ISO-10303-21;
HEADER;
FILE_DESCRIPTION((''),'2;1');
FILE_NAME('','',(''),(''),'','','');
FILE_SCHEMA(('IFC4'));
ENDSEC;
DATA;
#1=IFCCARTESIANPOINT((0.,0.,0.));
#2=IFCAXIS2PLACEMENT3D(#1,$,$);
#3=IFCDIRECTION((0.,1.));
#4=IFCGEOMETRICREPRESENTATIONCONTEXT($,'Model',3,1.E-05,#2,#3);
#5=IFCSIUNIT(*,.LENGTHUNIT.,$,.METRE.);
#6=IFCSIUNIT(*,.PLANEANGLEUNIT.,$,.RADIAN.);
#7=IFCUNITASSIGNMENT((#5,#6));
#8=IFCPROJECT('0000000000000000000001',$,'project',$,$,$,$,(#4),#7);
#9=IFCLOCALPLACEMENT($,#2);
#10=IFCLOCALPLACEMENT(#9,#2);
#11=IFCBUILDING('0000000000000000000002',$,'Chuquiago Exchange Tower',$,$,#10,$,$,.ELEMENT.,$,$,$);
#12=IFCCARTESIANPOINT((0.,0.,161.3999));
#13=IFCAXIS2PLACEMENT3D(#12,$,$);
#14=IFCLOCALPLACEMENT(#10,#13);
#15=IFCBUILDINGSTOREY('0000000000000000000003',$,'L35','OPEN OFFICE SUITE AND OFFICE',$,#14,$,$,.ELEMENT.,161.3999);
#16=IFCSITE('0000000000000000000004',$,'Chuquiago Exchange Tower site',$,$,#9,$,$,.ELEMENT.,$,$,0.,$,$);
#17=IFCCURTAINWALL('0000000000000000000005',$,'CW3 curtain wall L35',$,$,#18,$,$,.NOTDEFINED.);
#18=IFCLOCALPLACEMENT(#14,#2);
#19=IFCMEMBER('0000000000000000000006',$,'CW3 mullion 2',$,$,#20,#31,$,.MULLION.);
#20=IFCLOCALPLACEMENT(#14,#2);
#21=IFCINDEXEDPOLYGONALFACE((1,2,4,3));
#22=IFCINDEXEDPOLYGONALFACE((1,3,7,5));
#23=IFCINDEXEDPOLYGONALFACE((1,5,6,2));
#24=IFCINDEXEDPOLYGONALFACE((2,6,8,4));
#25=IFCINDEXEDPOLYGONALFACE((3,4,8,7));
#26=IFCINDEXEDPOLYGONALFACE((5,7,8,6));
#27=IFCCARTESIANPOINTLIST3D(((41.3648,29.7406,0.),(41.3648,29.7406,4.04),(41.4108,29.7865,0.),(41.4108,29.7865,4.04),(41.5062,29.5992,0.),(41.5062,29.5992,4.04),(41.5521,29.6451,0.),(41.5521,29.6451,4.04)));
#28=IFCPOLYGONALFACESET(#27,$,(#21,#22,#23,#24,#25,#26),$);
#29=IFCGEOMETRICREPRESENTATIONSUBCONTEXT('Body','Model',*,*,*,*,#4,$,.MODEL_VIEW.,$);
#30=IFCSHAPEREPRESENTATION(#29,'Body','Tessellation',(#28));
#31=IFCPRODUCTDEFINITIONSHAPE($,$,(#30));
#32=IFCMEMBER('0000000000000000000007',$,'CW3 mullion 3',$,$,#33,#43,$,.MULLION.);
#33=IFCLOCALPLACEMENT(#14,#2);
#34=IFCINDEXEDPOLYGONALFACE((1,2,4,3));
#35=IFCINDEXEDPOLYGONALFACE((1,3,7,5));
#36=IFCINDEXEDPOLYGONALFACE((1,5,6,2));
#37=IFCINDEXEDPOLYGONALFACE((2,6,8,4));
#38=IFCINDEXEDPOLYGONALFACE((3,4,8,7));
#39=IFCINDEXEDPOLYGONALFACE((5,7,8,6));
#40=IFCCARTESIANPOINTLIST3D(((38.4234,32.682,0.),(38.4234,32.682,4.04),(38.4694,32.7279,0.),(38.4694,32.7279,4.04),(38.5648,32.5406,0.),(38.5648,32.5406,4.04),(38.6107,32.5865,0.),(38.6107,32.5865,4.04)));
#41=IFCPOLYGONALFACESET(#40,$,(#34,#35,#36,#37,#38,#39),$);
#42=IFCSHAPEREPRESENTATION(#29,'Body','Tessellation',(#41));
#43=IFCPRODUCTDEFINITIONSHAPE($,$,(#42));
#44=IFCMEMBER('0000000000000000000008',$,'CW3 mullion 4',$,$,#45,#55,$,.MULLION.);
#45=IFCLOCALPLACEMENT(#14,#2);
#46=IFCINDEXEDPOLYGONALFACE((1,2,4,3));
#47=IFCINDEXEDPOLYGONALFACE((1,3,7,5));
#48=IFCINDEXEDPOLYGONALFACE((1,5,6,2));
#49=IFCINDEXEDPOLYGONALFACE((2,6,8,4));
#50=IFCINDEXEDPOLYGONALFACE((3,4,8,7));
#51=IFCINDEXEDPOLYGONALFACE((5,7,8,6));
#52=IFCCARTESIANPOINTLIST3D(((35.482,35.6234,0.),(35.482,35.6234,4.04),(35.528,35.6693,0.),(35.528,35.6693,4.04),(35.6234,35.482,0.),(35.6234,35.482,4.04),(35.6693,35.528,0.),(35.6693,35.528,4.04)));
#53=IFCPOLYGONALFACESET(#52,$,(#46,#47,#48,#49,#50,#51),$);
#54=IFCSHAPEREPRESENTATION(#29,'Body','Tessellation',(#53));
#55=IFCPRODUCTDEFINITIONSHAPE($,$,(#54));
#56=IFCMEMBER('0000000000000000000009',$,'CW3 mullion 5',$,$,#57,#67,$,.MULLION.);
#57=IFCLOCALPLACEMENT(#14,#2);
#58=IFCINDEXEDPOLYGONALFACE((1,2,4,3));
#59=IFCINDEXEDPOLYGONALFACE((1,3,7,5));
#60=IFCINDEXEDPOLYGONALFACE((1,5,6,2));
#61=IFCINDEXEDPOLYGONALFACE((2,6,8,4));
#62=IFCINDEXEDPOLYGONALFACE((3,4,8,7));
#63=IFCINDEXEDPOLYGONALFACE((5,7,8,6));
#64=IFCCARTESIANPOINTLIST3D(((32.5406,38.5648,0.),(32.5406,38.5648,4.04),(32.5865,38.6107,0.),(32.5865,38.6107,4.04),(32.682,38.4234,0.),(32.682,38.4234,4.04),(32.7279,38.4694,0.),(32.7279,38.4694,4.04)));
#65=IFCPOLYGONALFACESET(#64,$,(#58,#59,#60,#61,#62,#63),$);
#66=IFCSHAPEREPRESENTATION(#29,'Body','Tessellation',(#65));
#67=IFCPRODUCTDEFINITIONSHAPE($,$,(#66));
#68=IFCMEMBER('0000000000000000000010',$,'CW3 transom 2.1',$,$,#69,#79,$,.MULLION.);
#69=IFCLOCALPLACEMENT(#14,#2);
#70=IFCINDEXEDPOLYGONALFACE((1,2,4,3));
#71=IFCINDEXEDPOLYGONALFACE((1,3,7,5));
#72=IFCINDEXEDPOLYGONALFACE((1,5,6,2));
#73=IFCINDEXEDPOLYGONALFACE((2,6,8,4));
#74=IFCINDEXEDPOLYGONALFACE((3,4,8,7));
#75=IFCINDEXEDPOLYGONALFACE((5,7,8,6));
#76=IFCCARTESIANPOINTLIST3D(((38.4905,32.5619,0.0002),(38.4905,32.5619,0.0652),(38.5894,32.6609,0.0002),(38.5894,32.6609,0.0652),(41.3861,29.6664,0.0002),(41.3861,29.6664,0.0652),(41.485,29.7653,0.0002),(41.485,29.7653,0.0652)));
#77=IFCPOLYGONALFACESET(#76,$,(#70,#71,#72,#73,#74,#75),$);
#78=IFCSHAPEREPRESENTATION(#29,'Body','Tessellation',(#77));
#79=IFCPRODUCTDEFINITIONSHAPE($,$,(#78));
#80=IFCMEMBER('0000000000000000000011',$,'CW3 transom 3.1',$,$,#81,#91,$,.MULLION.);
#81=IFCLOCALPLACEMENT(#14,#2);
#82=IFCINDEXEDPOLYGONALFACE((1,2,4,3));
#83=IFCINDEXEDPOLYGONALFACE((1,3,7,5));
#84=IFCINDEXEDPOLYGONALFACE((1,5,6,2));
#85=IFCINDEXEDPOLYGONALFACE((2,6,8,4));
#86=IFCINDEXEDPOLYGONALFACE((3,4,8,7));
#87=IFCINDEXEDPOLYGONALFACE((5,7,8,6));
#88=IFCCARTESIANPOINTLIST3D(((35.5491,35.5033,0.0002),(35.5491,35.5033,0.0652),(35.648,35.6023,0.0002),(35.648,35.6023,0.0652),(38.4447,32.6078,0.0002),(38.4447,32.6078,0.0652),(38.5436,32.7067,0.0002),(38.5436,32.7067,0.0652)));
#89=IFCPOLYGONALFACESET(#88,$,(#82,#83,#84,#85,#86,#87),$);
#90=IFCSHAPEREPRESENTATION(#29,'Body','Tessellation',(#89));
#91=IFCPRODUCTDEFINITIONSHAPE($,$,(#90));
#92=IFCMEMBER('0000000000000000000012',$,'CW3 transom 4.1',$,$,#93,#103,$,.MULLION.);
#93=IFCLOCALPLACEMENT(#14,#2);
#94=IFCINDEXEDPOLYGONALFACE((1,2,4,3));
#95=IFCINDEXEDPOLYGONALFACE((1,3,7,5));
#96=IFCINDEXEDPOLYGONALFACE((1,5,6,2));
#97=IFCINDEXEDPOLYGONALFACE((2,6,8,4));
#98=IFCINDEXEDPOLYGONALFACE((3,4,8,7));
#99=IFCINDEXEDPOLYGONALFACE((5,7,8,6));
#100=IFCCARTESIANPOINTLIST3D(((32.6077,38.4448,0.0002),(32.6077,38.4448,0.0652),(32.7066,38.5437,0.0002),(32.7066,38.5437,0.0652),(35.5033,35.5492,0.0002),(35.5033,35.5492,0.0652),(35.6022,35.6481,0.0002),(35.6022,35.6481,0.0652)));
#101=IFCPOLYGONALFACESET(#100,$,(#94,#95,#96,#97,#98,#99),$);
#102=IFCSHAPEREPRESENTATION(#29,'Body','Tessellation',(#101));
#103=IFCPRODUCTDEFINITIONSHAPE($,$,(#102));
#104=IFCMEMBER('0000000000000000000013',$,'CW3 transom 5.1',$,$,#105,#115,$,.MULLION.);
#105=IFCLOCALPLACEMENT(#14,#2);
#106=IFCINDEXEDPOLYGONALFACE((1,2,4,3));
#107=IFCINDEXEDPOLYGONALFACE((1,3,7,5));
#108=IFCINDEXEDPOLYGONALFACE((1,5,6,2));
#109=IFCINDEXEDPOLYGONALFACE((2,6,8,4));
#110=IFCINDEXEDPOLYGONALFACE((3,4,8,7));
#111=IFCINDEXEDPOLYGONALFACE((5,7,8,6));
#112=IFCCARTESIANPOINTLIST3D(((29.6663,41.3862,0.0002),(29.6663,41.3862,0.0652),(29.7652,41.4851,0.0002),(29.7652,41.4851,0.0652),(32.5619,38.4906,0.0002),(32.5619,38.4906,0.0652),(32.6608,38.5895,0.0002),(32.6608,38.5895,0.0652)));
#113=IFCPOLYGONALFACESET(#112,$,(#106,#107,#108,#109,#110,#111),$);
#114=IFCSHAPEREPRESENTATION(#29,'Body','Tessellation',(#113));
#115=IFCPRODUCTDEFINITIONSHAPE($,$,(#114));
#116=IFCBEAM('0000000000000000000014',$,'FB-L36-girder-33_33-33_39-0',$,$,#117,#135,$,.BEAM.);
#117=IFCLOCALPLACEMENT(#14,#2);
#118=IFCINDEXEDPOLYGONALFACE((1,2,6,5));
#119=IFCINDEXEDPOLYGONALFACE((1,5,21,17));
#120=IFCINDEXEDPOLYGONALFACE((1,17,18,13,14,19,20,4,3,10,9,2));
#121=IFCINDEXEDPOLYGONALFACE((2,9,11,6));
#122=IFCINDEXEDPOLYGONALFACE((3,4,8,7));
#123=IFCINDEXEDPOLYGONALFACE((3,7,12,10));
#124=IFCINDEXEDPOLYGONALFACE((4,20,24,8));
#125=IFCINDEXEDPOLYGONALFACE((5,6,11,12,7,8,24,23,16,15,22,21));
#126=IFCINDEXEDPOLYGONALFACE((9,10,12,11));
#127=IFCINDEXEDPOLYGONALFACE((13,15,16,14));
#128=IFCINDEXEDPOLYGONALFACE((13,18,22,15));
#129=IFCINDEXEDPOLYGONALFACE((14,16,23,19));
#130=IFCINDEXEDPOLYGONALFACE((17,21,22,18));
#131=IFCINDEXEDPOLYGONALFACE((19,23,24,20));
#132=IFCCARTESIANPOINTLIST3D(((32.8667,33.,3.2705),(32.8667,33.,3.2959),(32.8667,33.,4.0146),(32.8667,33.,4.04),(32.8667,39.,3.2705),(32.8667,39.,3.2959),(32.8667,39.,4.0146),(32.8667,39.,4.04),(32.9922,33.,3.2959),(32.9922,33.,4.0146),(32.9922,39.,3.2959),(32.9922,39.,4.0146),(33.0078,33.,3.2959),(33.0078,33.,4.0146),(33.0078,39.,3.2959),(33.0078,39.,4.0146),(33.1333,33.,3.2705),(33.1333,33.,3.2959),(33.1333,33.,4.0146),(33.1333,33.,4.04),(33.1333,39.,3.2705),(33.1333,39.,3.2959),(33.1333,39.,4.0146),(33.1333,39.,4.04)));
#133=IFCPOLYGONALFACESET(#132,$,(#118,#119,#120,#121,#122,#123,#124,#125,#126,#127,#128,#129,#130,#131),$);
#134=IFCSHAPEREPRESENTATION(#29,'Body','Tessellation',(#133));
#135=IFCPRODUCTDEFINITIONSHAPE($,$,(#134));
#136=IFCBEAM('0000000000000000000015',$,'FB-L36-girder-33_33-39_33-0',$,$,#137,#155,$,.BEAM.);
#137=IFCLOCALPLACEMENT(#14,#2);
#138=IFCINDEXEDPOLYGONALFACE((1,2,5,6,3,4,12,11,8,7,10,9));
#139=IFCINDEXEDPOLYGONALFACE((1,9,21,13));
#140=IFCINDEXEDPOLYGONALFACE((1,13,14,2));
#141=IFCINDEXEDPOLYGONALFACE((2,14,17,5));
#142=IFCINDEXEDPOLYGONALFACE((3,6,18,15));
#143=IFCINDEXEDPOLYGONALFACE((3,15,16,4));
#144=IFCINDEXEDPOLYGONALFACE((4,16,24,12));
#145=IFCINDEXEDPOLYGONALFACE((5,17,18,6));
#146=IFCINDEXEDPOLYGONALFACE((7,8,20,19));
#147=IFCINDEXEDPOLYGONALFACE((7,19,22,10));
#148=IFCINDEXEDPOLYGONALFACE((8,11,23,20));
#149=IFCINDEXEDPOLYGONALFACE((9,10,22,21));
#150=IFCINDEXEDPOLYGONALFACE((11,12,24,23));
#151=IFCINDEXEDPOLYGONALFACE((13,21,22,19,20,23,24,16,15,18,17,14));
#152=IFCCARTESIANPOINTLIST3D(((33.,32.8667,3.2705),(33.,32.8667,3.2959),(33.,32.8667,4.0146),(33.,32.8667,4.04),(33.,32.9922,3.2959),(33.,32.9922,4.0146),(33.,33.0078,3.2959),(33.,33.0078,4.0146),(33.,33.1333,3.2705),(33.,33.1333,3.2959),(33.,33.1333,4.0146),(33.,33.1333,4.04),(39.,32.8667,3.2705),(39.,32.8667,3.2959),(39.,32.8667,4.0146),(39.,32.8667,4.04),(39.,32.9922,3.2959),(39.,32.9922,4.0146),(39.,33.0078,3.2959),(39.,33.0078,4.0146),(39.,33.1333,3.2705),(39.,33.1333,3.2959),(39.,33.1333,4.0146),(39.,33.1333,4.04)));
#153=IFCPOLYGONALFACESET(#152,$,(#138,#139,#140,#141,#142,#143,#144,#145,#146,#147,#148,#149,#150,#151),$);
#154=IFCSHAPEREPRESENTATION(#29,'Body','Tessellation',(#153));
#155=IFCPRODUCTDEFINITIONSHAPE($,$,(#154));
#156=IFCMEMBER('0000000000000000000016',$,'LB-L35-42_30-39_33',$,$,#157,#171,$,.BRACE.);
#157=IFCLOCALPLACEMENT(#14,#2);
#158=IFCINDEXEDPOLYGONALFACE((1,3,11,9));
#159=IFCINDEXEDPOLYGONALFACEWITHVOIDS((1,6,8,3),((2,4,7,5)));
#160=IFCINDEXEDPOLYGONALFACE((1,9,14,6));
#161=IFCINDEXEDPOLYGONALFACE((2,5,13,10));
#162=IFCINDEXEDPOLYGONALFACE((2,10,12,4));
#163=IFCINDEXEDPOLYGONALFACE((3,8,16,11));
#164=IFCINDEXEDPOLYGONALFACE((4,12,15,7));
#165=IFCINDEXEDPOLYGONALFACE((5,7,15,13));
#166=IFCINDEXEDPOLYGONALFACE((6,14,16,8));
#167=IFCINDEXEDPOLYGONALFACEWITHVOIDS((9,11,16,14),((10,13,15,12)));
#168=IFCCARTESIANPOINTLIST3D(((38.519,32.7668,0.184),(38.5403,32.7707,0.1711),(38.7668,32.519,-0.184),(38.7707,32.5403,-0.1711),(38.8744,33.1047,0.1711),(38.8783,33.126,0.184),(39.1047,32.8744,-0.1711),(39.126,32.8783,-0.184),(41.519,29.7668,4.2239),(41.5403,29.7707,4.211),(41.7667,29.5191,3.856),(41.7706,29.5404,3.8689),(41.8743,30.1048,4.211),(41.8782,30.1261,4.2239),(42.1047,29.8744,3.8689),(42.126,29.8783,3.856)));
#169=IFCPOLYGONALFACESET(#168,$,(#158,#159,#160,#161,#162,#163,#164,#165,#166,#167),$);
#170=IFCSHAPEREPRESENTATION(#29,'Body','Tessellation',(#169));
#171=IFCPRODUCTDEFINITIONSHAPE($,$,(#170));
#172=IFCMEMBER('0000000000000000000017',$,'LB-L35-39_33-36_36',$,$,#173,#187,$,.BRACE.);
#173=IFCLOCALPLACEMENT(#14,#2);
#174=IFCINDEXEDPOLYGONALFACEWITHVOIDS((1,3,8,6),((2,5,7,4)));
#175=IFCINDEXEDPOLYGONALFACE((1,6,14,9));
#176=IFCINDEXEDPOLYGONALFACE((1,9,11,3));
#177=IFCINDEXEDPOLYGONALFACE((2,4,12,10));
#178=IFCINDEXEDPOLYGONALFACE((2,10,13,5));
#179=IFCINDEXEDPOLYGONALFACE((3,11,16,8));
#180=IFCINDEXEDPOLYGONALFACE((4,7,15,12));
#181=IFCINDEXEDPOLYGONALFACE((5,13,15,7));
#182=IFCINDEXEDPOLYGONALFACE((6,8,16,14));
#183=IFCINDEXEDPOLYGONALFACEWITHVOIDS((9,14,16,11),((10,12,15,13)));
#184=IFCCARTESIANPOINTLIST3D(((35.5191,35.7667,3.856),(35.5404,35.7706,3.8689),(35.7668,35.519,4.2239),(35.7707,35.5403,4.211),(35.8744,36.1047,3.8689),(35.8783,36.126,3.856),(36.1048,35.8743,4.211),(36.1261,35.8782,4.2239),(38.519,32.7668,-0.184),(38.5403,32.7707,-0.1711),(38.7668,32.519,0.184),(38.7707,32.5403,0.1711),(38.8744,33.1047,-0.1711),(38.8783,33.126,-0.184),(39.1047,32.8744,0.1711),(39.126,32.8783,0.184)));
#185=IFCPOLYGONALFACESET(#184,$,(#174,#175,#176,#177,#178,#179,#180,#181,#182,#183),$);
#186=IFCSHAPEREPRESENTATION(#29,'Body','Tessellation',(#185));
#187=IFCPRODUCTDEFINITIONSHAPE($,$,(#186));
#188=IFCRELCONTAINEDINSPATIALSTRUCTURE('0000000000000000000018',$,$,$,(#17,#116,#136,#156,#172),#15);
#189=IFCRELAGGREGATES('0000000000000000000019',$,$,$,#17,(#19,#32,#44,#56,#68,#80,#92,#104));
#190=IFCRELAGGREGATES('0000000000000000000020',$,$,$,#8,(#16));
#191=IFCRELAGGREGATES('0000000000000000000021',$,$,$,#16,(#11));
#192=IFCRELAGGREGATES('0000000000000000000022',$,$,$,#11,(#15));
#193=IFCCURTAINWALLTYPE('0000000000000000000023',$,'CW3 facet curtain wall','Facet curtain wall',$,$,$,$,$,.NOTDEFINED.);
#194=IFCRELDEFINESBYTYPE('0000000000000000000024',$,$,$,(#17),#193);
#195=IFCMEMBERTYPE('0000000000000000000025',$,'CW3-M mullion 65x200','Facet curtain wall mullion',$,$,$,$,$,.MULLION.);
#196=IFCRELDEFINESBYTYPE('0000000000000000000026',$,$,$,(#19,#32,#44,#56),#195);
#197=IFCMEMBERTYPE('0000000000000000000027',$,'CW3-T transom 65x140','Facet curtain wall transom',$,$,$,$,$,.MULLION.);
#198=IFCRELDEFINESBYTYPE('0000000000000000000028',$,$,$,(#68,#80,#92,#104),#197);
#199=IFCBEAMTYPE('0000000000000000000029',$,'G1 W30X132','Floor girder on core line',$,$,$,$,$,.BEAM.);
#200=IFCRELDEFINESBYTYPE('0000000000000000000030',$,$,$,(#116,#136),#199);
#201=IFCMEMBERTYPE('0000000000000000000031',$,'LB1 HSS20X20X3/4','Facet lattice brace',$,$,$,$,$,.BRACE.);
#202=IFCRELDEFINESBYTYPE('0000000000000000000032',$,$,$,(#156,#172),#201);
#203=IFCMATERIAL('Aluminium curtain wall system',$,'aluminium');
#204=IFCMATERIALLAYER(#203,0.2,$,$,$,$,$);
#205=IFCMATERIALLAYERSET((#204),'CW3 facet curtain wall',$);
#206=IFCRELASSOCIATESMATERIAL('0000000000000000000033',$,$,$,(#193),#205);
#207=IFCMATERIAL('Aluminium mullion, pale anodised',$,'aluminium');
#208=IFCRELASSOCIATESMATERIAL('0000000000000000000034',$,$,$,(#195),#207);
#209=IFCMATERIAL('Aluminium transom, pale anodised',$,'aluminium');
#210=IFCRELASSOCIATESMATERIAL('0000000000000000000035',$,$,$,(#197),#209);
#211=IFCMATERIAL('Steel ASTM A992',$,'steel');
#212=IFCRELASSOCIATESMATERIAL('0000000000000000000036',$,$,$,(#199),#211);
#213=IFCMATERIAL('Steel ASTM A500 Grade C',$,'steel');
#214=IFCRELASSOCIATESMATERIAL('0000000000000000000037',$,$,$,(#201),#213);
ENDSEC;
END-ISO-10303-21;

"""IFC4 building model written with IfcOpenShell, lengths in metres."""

from ifc_helpers import new_model, si_unit, direction, frame, origin, origin_2d, place, context, subcontext, project, spatial, rectangle, hollow_rectangle, i_section, extrude, material, layer, layer_set, material_profile, profile_set, type_object, element, aggregate, save


model = new_model("IFC4")

# Units and contexts
model_context = context("Model", 3, precision=1e-05, world=origin(), true_north=direction((0.0, 1.0)))
body_context = subcontext(model_context, "Body", "Model", "MODEL_VIEW")
ifc_project = project(units=[si_unit("LENGTHUNIT", "METRE"), si_unit("PLANEANGLEUNIT", "RADIAN")], contexts=[model_context])

# Site, building, storey
site_placement = place(None, origin())
site = spatial("IfcSite", under=ifc_project, at=site_placement, Name="Chuquiago Exchange Tower site", CompositionType="ELEMENT", RefElevation=0.0)
building_placement = place(site_placement, origin())
building = spatial("IfcBuilding", under=site, at=building_placement, Name="Chuquiago Exchange Tower", CompositionType="ELEMENT")
storey_placement = place(building_placement, frame((0.0, 0.0, 161.3999)))
storey = spatial("IfcBuildingStorey", under=building, at=storey_placement, Name="L35", Description="OPEN OFFICE SUITE AND OFFICE", CompositionType="ELEMENT", Elevation=161.3999)

# Curtain wall, members
ifc_material_1 = material(Name="Aluminium curtain wall system", Category="aluminium")
ifc_layer_1 = layer(ifc_material_1, 0.2)
ifc_layer_set_1 = layer_set([ifc_layer_1], Name="CW3 facet curtain wall")
curtain_wall_type = type_object("IfcCurtainWallType", Name="CW3 facet curtain wall", Description="Facet curtain wall", PredefinedType="NOTDEFINED", material=ifc_layer_set_1)
curtain_wall_placement = place(storey_placement, origin())
curtain_wall = element("IfcCurtainWall", 1, at=curtain_wall_placement, inside=storey, type_object=curtain_wall_type, Name="CW3 curtain wall L35", PredefinedType="NOTDEFINED")
ifc_material_2 = material(Name="Aluminium mullion, pale anodised", Category="aluminium")
ifc_material_profile_1 = material_profile(ifc_material_2, rectangle(XDim=0.0649, YDim=0.2, at=origin_2d()), Name="AL 65x200")
ifc_profile_set_1 = profile_set([ifc_material_profile_1], Name="Aluminium mullion, pale anodised")
member_type_1 = type_object("IfcMemberType", Name="CW3-M mullion 65x200", Description="Facet curtain wall mullion", PredefinedType="MULLION", material=ifc_profile_set_1)
member_1_placement = place(storey_placement, frame((41.4585, 29.6929, 0.0), z_axis=(0.0, 0.0, 1.0), x_axis=(-0.707107, -0.707107, 0.0)))
member_1 = element("IfcMember", 2, at=member_1_placement, type_object=member_type_1, Name="CW3 mullion 2", PredefinedType="MULLION", context=body_context, shape_type="SweptSolid", body=[
    extrude(rectangle(XDim=0.0649, YDim=0.2, at=origin_2d()), origin(), (0.0, 0.0, 1.0), 4.04),
])
member_2_placement = place(storey_placement, frame((38.5171, 32.6343, 0.0), z_axis=(0.0, 0.0, 1.0), x_axis=(-0.707107, -0.707107, 0.0)))
member_2 = element("IfcMember", 3, at=member_2_placement, type_object=member_type_1, Name="CW3 mullion 3", PredefinedType="MULLION", context=body_context, shape_type="SweptSolid", body=[
    extrude(rectangle(XDim=0.0649, YDim=0.2, at=origin_2d()), origin(), (0.0, 0.0, 1.0), 4.04),
])
member_3_placement = place(storey_placement, frame((35.5757, 35.5757, 0.0), z_axis=(0.0, 0.0, 1.0), x_axis=(-0.707107, -0.707107, 0.0)))
member_3 = element("IfcMember", 4, at=member_3_placement, type_object=member_type_1, Name="CW3 mullion 4", PredefinedType="MULLION", context=body_context, shape_type="SweptSolid", body=[
    extrude(rectangle(XDim=0.0649, YDim=0.2, at=origin_2d()), origin(), (0.0, 0.0, 1.0), 4.04),
])
member_4_placement = place(storey_placement, frame((32.6343, 38.5171, 0.0), z_axis=(0.0, 0.0, 1.0), x_axis=(-0.707107, -0.707107, 0.0)))
member_4 = element("IfcMember", 5, at=member_4_placement, type_object=member_type_1, Name="CW3 mullion 5", PredefinedType="MULLION", context=body_context, shape_type="SweptSolid", body=[
    extrude(rectangle(XDim=0.0649, YDim=0.2, at=origin_2d()), origin(), (0.0, 0.0, 1.0), 4.04),
])
ifc_material_3 = material(Name="Aluminium transom, pale anodised", Category="aluminium")
ifc_material_profile_2 = material_profile(ifc_material_3, rectangle(XDim=0.1399, YDim=0.0649, at=origin_2d()), Name="AL 140x65")
ifc_profile_set_2 = profile_set([ifc_material_profile_2], Name="Aluminium transom, pale anodised")
member_type_2 = type_object("IfcMemberType", Name="CW3-T transom 65x140", Description="Facet curtain wall transom", PredefinedType="MULLION", material=ifc_profile_set_2)
member_5_placement = place(storey_placement, frame((41.4355, 29.7158, 0.0327), z_axis=(-0.707107, 0.707107, 0.0), x_axis=(-0.707107, -0.707107, 0.0)))
member_5 = element("IfcMember", 6, at=member_5_placement, type_object=member_type_2, Name="CW3 transom 2.1", PredefinedType="MULLION", context=body_context, shape_type="SweptSolid", body=[
    extrude(rectangle(XDim=0.1399, YDim=0.0649, at=origin_2d()), origin(), (0.0, 0.0, 1.0), 4.095),
])
member_6_placement = place(storey_placement, frame((38.4941, 32.6572, 0.0327), z_axis=(-0.707107, 0.707107, 0.0), x_axis=(-0.707107, -0.707107, 0.0)))
member_6 = element("IfcMember", 7, at=member_6_placement, type_object=member_type_2, Name="CW3 transom 3.1", PredefinedType="MULLION", context=body_context, shape_type="SweptSolid", body=[
    extrude(rectangle(XDim=0.1399, YDim=0.0649, at=origin_2d()), origin(), (0.0, 0.0, 1.0), 4.095),
])
member_7_placement = place(storey_placement, frame((35.5527, 35.5986, 0.0327), z_axis=(-0.707107, 0.707107, 0.0), x_axis=(-0.707107, -0.707107, 0.0)))
member_7 = element("IfcMember", 8, at=member_7_placement, type_object=member_type_2, Name="CW3 transom 4.1", PredefinedType="MULLION", context=body_context, shape_type="SweptSolid", body=[
    extrude(rectangle(XDim=0.1399, YDim=0.0649, at=origin_2d()), origin(), (0.0, 0.0, 1.0), 4.095),
])
member_8_placement = place(storey_placement, frame((32.6113, 38.54, 0.0327), z_axis=(-0.707107, 0.707107, 0.0), x_axis=(-0.707107, -0.707107, 0.0)))
member_8 = element("IfcMember", 9, at=member_8_placement, type_object=member_type_2, Name="CW3 transom 5.1", PredefinedType="MULLION", context=body_context, shape_type="SweptSolid", body=[
    extrude(rectangle(XDim=0.1399, YDim=0.0649, at=origin_2d()), origin(), (0.0, 0.0, 1.0), 4.095),
])

# Beams
ifc_material_4 = material(Name="Steel ASTM A992", Category="steel")
ifc_material_profile_3 = material_profile(ifc_material_4, i_section(OverallWidth=0.2666, OverallDepth=0.7695, WebThickness=0.0156, FlangeThickness=0.0254, at=origin_2d()), Name="W30X132")
ifc_profile_set_3 = profile_set([ifc_material_profile_3], Name="Steel ASTM A992")
beam_type_1 = type_object("IfcBeamType", Name="G1 W30X132", Description="Floor girder on core line", PredefinedType="BEAM", material=ifc_profile_set_3)
for number, where, z_axis, x_axis, name in (
    (10, (33.0, 33.0, 3.6553), (0.0, 1.0, 0.0), (-1.0, 0.0, 0.0), "FB-L36-girder-33_33-33_39-0"),
    (11, (33.0, 33.0, 3.6553), (1.0, 0.0, 0.0), (0.0, 1.0, 0.0), "FB-L36-girder-33_33-39_33-0"),
):
    element("IfcBeam", number, at=place(storey_placement, frame(where, z_axis=z_axis, x_axis=x_axis)), inside=storey, type_object=beam_type_1, Name=name, PredefinedType="BEAM", context=body_context, shape_type="SweptSolid", body=[
        extrude(i_section(OverallWidth=0.2666, OverallDepth=0.7695, WebThickness=0.0156, FlangeThickness=0.0254, at=origin_2d()), origin(), (0.0, 0.0, 1.0), 6.0),
    ])

# Members
ifc_material_5 = material(Name="Steel ASTM A500 Grade C", Category="steel")
ifc_material_profile_4 = material_profile(ifc_material_5, hollow_rectangle(XDim=0.5081, YDim=0.5081, WallThickness=0.0178, at=origin_2d()), Name="HSS20X20X3/4")
ifc_profile_set_4 = profile_set([ifc_material_profile_4], Name="Steel ASTM A500 Grade C")
member_type_3 = type_object("IfcMemberType", Name="LB1 HSS20X20X3/4", Description="Facet lattice brace", PredefinedType="BRACE", material=ifc_profile_set_4)
for number, where, z_axis, x_axis, name in (
    (12, (38.8225, 32.8225, 0.0), (0.512077, -0.512077, 0.689604), (0.707107, 0.707107, 0.0), "LB-L35-42_30-39_33"),
    (13, (38.8225, 32.8225, 0.0), (-0.512077, 0.512077, 0.689604), (-0.707107, -0.707107, 0.0), "LB-L35-39_33-36_36"),
):
    element("IfcMember", number, at=place(storey_placement, frame(where, z_axis=z_axis, x_axis=x_axis)), inside=storey, type_object=member_type_3, Name=name, PredefinedType="BRACE", context=body_context, shape_type="SweptSolid", body=[
        extrude(hollow_rectangle(XDim=0.5081, YDim=0.5081, WallThickness=0.0178, at=origin_2d()), origin(), (0.0, 0.0, 1.0), 5.8584),
    ])

aggregate(curtain_wall, [member_1, member_2, member_3, member_4, member_5, member_6, member_7, member_8])

save(model, "model.ifc")
